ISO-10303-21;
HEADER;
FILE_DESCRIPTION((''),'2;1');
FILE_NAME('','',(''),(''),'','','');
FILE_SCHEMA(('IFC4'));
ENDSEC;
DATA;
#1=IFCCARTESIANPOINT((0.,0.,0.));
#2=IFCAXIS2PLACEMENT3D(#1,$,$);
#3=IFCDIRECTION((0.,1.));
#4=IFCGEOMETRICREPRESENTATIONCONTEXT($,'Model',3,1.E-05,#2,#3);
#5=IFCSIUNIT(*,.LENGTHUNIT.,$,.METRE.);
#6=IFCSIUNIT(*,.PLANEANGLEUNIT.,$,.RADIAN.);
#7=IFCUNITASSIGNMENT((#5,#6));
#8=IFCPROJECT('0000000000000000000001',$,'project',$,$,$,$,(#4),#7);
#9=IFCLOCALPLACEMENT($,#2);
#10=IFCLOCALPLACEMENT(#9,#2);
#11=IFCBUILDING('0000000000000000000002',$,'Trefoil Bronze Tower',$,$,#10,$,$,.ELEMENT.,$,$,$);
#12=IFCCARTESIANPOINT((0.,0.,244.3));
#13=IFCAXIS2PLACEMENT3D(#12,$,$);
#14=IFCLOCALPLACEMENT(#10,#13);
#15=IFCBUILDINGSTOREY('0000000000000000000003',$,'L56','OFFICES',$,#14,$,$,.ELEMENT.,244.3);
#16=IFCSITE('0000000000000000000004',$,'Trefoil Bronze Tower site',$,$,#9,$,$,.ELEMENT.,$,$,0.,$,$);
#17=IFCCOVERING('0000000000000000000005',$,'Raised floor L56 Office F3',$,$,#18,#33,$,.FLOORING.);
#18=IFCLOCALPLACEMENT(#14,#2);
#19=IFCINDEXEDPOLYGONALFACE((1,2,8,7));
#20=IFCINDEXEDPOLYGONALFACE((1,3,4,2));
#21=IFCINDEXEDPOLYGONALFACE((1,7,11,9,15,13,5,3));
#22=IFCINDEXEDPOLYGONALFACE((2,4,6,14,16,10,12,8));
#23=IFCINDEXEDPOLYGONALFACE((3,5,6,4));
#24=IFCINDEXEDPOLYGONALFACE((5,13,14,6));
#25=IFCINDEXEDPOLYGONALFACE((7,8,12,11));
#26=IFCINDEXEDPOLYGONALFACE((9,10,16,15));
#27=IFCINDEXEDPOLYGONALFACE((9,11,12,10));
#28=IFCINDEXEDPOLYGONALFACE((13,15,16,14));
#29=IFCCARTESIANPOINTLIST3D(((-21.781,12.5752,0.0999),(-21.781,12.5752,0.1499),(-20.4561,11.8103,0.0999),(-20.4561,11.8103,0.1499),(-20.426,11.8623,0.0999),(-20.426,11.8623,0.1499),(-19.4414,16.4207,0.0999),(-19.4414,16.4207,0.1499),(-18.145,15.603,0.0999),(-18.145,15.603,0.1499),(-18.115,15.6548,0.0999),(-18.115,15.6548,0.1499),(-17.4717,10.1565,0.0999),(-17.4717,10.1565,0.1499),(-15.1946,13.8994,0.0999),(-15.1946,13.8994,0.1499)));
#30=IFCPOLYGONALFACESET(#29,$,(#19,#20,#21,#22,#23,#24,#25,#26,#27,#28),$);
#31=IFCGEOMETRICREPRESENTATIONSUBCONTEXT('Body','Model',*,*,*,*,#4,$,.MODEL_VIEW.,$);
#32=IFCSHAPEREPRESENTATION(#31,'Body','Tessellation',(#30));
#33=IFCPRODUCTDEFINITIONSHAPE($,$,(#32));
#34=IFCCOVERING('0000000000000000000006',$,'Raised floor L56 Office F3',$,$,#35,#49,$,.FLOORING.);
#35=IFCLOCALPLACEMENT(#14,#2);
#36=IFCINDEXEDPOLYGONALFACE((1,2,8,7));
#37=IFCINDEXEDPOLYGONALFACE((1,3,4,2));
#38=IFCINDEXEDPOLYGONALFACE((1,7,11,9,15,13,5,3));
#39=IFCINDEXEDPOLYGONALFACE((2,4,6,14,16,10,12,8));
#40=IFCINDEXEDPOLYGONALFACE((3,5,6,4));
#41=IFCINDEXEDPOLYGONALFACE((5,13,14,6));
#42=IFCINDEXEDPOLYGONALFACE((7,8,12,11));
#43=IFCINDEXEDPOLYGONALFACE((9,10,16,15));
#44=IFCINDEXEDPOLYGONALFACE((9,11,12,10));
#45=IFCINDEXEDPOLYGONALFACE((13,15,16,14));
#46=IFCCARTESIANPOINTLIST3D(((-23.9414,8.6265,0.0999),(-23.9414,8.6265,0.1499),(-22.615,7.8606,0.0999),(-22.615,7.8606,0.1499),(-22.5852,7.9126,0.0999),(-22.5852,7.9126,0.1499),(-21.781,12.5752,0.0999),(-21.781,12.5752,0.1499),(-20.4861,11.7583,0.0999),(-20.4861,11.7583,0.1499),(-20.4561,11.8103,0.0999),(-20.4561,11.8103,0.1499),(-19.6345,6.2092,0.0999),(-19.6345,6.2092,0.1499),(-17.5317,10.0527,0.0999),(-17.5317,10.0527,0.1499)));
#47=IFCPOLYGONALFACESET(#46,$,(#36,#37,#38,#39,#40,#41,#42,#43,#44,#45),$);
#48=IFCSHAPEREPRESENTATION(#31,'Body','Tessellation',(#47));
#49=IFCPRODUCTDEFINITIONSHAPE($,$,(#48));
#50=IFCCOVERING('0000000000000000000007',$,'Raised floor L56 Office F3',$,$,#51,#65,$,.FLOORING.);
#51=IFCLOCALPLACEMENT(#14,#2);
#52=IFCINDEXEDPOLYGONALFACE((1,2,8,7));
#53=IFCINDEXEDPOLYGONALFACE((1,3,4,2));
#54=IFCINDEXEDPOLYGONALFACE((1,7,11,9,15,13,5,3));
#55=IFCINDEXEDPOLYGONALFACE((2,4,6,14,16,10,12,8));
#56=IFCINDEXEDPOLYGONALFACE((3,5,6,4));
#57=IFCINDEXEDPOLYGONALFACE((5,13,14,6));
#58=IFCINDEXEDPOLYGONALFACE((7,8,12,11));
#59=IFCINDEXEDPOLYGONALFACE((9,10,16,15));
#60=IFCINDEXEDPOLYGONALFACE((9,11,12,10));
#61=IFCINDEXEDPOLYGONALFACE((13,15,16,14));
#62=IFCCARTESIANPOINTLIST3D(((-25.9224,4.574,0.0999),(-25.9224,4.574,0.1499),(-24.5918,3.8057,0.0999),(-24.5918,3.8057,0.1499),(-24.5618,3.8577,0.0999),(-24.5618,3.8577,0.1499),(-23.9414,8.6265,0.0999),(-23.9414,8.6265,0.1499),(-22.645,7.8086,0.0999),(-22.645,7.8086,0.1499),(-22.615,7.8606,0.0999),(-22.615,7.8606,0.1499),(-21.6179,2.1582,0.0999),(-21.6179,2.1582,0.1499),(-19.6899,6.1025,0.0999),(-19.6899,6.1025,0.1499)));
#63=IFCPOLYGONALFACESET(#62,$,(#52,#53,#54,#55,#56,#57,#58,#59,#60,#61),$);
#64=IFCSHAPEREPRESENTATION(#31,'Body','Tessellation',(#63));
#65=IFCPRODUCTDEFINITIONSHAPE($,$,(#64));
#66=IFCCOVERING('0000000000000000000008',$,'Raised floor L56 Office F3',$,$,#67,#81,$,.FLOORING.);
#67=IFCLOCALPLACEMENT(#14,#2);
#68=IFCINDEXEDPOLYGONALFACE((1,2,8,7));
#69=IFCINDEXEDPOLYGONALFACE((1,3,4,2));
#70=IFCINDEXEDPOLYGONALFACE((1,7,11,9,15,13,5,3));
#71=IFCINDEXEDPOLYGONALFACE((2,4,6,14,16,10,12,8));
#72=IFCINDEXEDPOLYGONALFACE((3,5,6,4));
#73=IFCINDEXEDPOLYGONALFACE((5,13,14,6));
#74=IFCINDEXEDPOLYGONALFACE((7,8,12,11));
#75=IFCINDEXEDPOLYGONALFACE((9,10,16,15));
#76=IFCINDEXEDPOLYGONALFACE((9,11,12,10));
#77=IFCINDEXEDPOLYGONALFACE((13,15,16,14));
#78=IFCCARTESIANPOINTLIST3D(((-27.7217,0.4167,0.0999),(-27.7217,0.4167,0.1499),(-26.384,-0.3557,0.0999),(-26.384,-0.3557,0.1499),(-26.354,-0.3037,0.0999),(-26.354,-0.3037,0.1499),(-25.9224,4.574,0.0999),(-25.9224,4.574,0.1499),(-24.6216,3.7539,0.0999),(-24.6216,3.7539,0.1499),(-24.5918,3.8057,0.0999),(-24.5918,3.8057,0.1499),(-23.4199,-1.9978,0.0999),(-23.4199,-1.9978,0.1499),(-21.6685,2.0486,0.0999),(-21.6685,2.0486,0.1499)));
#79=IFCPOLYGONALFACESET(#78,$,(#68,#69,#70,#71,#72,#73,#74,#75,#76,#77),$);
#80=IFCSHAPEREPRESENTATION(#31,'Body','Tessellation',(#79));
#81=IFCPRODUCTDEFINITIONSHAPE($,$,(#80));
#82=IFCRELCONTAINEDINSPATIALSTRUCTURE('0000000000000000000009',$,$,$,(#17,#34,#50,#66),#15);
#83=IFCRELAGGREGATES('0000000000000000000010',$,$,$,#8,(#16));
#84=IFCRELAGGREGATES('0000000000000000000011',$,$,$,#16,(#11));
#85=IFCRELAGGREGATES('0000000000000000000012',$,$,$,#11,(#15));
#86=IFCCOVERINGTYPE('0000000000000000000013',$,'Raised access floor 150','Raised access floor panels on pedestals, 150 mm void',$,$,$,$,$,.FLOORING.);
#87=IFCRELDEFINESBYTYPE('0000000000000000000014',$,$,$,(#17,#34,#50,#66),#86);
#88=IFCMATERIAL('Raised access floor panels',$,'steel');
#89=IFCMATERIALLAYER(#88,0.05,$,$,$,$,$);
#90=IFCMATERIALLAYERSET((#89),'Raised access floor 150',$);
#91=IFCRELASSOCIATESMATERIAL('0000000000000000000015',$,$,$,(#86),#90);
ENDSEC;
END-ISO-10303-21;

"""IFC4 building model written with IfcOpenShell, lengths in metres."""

from ifc_helpers import new_model, si_unit, direction, frame, origin, place, context, subcontext, project, spatial, polyline, outline, extrude, material, layer, layer_set, type_object, element, save


model = new_model("IFC4")

# Units and contexts
model_context = context("Model", 3, precision=1e-05, world=origin(), true_north=direction((0.0, 1.0)))
body_context = subcontext(model_context, "Body", "Model", "MODEL_VIEW")
ifc_project = project(units=[si_unit("LENGTHUNIT", "METRE"), si_unit("PLANEANGLEUNIT", "RADIAN")], contexts=[model_context])

# Site, building, storey
site_placement = place(None, origin())
site = spatial("IfcSite", under=ifc_project, at=site_placement, Name="Trefoil Bronze Tower site", CompositionType="ELEMENT", RefElevation=0.0)
building_placement = place(site_placement, origin())
building = spatial("IfcBuilding", under=site, at=building_placement, Name="Trefoil Bronze Tower", CompositionType="ELEMENT")
storey_placement = place(building_placement, frame((0.0, 0.0, 244.3)))
storey = spatial("IfcBuildingStorey", under=building, at=storey_placement, Name="L56", Description="OFFICES", CompositionType="ELEMENT", Elevation=244.3)

# Coverings
ifc_material_1 = material(Name="Raised access floor panels", Category="steel")
ifc_layer_1 = layer(ifc_material_1, 0.05)
ifc_layer_set_1 = layer_set([ifc_layer_1], Name="Raised access floor 150")
covering_type_1 = type_object("IfcCoveringType", Name="Raised access floor 150", Description="Raised access floor panels on pedestals, 150 mm void", PredefinedType="FLOORING", material=ifc_layer_set_1)
covering_1_placement = place(storey_placement, frame((0.0, 0.0, 0.0999)))
element("IfcCovering", 1, at=covering_1_placement, inside=storey, type_object=covering_type_1, Name="Raised floor L56 Office F3", PredefinedType="FLOORING", context=body_context, shape_type="SweptSolid", body=[
    extrude(outline(polyline([(-21.781, 12.5752), (-19.4414, 16.4207), (-18.115, 15.6548), (-18.145, 15.603), (-15.1946, 13.8994), (-17.4717, 10.1565), (-20.426, 11.8623), (-20.4561, 11.8103), (-21.781, 12.5752)])), origin(), (0.0, 0.0, 1.0), 0.05),
])
covering_2_placement = place(storey_placement, frame((0.0, 0.0, 0.0999)))
element("IfcCovering", 2, at=covering_2_placement, inside=storey, type_object=covering_type_1, Name="Raised floor L56 Office F3", PredefinedType="FLOORING", context=body_context, shape_type="SweptSolid", body=[
    extrude(outline(polyline([(-23.9414, 8.6265), (-21.781, 12.5752), (-20.4561, 11.8103), (-20.4861, 11.7583), (-17.5317, 10.0527), (-19.6345, 6.2092), (-22.5852, 7.9126), (-22.615, 7.8606), (-23.9414, 8.6265)])), origin(), (0.0, 0.0, 1.0), 0.05),
])
covering_3_placement = place(storey_placement, frame((0.0, 0.0, 0.0999)))
element("IfcCovering", 3, at=covering_3_placement, inside=storey, type_object=covering_type_1, Name="Raised floor L56 Office F3", PredefinedType="FLOORING", context=body_context, shape_type="SweptSolid", body=[
    extrude(outline(polyline([(-25.9224, 4.574), (-23.9414, 8.6265), (-22.615, 7.8606), (-22.645, 7.8086), (-19.6899, 6.1025), (-21.6179, 2.1582), (-24.5618, 3.8577), (-24.5918, 3.8057), (-25.9224, 4.574)])), origin(), (0.0, 0.0, 1.0), 0.05),
])
covering_4_placement = place(storey_placement, frame((0.0, 0.0, 0.0999)))
element("IfcCovering", 4, at=covering_4_placement, inside=storey, type_object=covering_type_1, Name="Raised floor L56 Office F3", PredefinedType="FLOORING", context=body_context, shape_type="SweptSolid", body=[
    extrude(outline(polyline([(-27.7217, 0.4167), (-25.9224, 4.574), (-24.5918, 3.8057), (-24.6216, 3.7539), (-21.6685, 2.0486), (-23.4199, -1.9978), (-26.354, -0.3037), (-26.384, -0.3557), (-27.7217, 0.4167)])), origin(), (0.0, 0.0, 1.0), 0.05),
])

save(model, "model.ifc")
